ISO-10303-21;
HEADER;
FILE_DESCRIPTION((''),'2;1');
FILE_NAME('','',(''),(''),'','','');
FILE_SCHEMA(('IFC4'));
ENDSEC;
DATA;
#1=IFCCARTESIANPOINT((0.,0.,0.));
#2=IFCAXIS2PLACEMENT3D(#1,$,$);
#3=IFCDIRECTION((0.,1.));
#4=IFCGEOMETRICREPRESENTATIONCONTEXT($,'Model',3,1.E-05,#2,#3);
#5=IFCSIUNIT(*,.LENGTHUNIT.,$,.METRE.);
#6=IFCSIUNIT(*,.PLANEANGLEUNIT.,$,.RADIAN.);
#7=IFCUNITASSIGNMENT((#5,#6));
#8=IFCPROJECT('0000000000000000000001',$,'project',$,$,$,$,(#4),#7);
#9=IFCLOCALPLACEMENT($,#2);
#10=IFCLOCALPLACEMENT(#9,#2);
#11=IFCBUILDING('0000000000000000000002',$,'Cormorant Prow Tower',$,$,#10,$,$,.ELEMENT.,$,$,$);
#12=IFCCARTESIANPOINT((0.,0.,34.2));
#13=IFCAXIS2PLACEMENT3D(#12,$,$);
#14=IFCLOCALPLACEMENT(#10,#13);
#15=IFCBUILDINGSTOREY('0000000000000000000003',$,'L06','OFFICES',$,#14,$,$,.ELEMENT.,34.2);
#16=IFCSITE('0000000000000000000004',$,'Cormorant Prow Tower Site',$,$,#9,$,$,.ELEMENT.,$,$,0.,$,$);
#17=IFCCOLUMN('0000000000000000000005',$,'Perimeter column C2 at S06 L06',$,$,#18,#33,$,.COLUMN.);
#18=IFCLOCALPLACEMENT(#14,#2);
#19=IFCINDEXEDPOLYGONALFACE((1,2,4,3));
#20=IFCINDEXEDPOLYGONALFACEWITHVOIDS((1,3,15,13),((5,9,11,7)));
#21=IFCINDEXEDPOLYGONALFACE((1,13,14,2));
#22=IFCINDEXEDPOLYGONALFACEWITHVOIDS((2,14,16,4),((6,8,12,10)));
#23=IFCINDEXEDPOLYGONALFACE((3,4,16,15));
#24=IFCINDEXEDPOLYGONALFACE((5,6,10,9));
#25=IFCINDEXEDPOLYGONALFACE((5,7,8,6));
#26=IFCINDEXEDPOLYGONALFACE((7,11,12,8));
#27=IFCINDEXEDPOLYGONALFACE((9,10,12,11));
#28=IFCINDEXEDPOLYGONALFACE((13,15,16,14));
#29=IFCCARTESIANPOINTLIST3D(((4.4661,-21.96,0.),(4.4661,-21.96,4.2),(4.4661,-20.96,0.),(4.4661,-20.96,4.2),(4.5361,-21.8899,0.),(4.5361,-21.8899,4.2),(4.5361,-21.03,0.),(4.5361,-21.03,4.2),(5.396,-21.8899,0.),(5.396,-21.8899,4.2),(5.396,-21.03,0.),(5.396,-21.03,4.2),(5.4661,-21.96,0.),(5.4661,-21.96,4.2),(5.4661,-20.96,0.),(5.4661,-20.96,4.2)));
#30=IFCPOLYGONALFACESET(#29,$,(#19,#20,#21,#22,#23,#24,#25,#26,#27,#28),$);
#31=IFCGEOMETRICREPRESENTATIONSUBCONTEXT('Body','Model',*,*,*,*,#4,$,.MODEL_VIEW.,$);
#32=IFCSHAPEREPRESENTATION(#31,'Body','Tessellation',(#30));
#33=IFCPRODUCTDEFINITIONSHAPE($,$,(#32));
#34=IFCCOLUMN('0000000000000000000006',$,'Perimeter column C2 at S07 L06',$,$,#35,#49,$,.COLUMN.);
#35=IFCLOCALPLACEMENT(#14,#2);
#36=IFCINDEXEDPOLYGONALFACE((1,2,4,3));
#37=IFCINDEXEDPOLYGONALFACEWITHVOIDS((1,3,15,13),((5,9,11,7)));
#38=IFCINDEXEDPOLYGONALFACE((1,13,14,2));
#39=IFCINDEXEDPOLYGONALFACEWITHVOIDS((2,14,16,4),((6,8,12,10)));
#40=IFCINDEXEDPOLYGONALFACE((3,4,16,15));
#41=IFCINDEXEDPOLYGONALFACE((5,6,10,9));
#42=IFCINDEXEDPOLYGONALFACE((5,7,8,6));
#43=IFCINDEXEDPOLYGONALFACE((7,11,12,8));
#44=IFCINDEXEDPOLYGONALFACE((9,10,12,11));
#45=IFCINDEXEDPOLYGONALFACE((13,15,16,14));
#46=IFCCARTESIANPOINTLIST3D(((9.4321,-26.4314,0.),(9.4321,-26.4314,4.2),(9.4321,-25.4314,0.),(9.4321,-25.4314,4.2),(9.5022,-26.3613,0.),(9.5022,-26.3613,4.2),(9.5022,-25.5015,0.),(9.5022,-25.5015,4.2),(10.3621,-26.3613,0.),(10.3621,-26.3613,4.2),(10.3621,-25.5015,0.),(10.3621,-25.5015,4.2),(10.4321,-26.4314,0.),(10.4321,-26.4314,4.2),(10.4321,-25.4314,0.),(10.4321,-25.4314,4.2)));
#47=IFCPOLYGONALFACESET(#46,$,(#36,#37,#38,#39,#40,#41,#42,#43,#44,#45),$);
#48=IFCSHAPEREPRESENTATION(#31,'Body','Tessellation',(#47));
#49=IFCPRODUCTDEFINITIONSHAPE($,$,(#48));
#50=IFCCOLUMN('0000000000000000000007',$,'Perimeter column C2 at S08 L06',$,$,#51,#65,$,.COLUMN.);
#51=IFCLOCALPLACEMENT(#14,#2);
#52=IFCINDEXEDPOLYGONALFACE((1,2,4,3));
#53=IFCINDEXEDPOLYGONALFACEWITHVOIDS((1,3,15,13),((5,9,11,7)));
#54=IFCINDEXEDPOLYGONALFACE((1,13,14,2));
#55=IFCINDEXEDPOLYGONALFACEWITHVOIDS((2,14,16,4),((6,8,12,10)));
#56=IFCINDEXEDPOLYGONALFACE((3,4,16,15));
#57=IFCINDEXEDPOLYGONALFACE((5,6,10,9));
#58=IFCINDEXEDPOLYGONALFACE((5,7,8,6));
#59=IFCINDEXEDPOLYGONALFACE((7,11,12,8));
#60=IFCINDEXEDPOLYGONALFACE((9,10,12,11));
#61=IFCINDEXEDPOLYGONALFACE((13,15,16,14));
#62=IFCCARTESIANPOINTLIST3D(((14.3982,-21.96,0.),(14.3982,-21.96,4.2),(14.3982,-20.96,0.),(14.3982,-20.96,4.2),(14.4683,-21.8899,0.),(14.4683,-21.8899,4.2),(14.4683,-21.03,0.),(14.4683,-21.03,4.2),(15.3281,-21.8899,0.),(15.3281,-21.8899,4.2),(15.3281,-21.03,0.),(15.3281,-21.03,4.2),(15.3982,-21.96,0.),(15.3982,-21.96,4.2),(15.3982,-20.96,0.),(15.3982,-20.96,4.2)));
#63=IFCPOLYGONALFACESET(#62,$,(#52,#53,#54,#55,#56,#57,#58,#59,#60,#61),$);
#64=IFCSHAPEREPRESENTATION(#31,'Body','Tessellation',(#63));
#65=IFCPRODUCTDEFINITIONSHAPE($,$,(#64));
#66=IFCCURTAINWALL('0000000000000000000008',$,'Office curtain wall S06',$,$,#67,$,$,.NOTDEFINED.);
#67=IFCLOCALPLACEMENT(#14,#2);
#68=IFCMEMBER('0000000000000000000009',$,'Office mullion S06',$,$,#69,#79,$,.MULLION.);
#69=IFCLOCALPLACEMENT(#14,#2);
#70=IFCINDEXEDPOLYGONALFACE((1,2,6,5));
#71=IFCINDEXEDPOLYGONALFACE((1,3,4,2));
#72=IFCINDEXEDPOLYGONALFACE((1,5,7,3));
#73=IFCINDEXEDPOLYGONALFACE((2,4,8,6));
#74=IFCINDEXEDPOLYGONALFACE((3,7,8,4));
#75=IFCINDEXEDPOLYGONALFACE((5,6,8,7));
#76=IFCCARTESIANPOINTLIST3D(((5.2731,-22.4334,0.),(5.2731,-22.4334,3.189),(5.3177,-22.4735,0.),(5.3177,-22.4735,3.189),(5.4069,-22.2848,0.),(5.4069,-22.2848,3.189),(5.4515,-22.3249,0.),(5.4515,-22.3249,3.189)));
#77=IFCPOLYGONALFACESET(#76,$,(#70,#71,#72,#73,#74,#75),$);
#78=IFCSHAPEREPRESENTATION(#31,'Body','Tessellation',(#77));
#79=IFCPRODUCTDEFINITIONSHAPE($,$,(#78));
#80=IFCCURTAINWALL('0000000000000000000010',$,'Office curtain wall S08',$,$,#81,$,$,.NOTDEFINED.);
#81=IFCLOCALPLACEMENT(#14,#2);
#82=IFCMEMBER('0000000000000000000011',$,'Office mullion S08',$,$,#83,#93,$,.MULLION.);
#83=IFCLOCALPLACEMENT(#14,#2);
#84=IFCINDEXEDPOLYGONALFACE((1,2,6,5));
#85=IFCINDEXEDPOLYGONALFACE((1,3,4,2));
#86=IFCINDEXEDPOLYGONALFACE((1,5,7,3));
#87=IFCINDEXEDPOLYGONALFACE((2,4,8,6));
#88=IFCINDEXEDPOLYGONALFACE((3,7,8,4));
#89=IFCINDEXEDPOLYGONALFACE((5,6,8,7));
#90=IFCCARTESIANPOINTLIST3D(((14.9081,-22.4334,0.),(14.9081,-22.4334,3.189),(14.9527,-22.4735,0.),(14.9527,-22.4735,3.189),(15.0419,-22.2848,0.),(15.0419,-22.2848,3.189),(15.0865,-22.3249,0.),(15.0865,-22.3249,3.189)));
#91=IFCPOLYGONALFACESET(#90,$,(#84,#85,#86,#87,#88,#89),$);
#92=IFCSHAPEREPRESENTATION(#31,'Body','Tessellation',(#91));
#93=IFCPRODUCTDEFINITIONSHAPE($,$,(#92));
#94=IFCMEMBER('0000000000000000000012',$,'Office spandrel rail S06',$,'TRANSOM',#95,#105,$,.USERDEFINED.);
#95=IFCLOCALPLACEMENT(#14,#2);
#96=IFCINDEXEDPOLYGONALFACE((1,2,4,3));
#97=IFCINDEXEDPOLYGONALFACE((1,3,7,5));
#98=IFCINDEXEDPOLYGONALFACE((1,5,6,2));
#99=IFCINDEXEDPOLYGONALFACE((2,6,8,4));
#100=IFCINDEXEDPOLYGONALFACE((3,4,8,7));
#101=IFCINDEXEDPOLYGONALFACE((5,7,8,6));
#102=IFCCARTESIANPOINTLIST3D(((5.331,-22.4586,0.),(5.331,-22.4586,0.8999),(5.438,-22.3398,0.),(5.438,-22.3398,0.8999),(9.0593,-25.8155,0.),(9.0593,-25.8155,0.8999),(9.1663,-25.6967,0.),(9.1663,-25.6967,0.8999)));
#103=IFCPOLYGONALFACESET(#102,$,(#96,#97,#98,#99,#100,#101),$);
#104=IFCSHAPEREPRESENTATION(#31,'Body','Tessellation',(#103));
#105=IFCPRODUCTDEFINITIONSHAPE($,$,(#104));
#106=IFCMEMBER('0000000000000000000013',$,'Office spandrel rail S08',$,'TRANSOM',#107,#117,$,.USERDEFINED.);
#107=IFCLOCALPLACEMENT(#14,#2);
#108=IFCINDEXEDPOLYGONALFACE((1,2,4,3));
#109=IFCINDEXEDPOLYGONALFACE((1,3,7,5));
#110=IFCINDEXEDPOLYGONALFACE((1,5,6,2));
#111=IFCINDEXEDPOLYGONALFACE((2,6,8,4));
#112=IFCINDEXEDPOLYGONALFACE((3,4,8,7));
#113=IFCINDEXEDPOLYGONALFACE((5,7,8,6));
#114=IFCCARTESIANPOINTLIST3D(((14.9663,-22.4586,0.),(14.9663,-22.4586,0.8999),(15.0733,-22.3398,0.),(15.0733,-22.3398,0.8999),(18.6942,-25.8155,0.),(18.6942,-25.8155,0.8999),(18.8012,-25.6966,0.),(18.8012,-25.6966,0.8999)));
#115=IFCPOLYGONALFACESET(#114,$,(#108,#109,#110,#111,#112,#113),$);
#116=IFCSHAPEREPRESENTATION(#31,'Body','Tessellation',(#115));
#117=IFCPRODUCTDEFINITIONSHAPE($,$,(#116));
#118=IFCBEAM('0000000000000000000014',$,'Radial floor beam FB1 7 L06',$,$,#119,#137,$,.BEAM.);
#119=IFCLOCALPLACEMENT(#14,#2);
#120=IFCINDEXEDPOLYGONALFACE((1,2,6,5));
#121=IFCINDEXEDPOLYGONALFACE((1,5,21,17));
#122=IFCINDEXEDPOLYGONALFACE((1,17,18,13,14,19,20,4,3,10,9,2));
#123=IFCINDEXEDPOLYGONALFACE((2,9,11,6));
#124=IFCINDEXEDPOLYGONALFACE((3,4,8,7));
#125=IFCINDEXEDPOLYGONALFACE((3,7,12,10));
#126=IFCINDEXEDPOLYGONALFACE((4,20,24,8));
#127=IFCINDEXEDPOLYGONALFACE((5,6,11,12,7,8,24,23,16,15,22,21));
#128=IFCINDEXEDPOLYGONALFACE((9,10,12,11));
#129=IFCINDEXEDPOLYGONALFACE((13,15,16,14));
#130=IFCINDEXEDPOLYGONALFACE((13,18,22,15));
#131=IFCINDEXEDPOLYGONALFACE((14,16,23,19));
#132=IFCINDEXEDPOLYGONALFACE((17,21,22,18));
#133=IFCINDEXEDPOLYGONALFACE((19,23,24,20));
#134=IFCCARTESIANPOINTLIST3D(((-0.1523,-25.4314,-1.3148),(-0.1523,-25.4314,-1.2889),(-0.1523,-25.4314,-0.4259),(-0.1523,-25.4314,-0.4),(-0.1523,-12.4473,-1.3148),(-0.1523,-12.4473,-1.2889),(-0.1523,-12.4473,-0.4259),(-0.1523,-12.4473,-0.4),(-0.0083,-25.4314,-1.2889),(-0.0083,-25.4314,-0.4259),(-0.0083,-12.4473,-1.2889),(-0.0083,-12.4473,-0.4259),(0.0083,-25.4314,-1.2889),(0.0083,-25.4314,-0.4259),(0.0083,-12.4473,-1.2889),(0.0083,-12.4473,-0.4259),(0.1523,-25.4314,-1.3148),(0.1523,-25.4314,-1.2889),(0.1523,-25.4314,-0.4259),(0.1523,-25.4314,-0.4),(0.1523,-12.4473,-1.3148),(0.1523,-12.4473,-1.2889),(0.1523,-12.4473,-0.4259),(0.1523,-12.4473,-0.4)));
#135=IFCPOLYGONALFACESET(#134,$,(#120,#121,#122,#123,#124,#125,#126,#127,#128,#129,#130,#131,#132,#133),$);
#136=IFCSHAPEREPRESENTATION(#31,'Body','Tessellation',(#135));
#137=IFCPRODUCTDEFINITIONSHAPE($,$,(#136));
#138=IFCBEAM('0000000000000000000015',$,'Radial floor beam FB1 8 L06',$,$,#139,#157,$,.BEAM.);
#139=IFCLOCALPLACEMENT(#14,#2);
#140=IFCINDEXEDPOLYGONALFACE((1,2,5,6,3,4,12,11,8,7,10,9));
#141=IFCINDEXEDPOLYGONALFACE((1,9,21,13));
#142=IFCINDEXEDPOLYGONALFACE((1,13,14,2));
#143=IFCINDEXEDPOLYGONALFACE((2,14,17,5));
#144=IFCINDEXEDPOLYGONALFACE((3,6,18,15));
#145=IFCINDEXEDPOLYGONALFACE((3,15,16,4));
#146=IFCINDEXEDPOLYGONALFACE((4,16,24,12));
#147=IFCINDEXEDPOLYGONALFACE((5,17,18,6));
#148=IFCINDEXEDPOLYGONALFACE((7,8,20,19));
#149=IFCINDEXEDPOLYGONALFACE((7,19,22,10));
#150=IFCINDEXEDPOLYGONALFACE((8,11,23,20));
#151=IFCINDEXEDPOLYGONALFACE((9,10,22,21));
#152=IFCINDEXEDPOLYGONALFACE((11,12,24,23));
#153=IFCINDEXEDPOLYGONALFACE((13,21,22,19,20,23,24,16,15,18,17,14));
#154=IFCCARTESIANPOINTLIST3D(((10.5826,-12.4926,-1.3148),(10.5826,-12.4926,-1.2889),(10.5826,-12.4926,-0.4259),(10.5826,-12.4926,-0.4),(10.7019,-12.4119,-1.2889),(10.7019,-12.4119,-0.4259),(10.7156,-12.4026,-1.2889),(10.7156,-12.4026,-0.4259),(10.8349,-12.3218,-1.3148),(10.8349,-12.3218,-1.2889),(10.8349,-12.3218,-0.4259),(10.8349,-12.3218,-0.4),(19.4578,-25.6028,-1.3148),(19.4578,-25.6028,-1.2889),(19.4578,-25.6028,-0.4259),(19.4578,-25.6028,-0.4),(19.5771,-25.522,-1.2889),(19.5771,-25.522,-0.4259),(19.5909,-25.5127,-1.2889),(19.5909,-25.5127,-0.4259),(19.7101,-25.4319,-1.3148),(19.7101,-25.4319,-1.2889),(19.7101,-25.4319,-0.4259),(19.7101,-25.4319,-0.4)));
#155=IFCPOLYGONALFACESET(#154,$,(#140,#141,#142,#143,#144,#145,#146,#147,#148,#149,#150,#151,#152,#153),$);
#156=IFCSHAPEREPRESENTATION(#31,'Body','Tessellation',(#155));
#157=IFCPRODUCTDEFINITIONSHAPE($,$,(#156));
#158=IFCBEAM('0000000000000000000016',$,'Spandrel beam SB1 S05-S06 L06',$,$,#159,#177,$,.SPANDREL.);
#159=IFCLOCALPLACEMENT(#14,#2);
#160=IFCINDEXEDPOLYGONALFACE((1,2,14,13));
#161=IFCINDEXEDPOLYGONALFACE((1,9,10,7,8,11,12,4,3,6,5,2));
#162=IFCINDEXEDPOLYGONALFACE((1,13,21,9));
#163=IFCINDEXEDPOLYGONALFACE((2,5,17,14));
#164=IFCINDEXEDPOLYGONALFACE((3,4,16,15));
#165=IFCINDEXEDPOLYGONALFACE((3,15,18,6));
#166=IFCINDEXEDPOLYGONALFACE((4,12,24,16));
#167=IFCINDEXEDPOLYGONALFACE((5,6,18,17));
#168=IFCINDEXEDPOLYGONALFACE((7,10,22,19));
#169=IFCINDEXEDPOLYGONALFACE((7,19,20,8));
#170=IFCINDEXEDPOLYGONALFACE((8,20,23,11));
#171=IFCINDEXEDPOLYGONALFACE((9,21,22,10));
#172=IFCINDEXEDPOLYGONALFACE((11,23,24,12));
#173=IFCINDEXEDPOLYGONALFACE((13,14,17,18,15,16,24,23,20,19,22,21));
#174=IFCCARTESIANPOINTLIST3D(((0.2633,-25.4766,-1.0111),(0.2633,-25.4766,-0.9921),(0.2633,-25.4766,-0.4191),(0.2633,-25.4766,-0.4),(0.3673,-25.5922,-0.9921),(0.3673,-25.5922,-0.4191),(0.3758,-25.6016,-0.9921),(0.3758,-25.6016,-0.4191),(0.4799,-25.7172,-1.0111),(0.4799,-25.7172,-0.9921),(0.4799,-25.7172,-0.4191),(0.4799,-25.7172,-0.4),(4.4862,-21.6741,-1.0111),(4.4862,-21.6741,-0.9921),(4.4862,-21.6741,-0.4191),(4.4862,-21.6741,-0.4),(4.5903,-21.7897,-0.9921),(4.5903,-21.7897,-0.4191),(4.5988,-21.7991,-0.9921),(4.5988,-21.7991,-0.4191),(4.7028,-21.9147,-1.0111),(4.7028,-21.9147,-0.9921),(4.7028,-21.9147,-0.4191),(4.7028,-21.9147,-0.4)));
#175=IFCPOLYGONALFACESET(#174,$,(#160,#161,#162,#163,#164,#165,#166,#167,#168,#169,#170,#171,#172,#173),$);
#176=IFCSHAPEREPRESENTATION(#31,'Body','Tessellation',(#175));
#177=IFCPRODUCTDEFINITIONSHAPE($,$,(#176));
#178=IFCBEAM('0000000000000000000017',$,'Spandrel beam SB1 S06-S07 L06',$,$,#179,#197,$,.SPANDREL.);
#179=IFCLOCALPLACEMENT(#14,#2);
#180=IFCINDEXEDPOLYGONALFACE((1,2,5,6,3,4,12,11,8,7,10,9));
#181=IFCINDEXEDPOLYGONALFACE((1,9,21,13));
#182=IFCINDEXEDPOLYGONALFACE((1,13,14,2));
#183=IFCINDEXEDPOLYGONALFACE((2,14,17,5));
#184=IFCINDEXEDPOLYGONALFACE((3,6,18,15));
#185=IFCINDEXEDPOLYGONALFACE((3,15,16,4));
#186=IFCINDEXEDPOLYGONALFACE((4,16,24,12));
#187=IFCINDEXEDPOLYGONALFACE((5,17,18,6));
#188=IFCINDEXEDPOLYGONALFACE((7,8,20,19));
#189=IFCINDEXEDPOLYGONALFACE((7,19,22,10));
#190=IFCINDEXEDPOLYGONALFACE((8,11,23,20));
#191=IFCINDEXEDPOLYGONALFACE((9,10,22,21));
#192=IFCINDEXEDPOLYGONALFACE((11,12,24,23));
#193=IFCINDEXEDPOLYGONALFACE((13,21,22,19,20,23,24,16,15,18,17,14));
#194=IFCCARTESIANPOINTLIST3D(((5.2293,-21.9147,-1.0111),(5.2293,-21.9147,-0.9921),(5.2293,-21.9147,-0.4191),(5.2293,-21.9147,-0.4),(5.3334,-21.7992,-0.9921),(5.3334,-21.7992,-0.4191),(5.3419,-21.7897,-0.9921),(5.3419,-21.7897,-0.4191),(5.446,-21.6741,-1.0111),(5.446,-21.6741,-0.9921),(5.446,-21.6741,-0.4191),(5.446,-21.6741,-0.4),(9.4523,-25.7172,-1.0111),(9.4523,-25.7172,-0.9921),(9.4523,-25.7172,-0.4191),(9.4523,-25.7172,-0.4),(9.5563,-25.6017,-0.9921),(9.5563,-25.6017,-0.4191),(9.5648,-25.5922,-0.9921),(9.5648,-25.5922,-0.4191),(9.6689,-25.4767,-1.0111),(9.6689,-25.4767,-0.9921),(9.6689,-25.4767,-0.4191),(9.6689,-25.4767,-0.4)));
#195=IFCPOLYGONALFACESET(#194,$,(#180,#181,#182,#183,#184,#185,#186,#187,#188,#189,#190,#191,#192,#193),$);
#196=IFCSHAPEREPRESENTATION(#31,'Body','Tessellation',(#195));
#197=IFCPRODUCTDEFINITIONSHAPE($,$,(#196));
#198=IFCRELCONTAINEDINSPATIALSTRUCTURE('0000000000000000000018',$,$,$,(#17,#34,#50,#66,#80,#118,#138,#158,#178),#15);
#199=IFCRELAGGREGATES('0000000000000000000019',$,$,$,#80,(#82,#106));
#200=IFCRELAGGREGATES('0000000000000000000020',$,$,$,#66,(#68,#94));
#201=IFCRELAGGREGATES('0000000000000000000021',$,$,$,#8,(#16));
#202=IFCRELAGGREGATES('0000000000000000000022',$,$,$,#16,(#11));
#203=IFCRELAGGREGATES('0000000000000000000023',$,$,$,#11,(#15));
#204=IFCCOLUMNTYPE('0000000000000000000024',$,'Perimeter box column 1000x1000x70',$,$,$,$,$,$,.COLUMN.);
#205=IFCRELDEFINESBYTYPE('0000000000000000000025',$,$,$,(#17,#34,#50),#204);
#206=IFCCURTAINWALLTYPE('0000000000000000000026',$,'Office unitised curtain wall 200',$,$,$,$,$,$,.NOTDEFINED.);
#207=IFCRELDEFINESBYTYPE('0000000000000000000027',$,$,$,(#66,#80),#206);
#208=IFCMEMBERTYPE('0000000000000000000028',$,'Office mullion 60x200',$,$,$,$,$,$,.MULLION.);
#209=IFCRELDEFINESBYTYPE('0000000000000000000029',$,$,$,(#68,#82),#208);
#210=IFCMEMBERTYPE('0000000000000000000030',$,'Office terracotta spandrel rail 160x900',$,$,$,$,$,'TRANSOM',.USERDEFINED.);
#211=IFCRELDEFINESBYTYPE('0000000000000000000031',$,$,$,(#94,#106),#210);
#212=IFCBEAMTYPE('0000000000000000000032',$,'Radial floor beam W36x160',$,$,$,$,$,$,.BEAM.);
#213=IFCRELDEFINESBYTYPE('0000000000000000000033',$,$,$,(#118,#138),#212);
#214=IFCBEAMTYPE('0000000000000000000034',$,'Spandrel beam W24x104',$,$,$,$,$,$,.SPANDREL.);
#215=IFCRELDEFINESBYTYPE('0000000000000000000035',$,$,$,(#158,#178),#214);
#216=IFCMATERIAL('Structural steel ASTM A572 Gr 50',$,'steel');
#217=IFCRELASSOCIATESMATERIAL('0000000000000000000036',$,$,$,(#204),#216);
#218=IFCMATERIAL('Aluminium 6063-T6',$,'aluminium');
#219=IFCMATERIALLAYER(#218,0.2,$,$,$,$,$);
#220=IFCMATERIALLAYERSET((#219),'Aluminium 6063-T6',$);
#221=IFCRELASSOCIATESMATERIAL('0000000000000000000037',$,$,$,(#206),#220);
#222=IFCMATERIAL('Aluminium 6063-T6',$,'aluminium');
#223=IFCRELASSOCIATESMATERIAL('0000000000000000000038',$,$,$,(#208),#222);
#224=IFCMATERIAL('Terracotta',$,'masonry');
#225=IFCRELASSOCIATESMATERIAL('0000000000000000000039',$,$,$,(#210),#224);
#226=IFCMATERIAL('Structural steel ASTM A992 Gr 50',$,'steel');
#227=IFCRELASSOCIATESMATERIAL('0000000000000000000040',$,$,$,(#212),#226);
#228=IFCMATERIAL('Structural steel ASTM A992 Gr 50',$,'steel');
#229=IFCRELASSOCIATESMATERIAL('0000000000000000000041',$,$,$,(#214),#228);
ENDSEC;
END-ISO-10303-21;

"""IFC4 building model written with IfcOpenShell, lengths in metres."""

from ifc_helpers import new_model, si_unit, direction, frame, origin, origin_2d, place, context, subcontext, project, spatial, rectangle, hollow_rectangle, i_section, extrude, material, layer, layer_set, material_profile, profile_set, type_object, element, aggregate, save


model = new_model("IFC4")

# Units and contexts
model_context = context("Model", 3, precision=1e-05, world=origin(), true_north=direction((0.0, 1.0)))
body_context = subcontext(model_context, "Body", "Model", "MODEL_VIEW")
ifc_project = project(units=[si_unit("LENGTHUNIT", "METRE"), si_unit("PLANEANGLEUNIT", "RADIAN")], contexts=[model_context])

# Site, building, storey
site_placement = place(None, origin())
site = spatial("IfcSite", under=ifc_project, at=site_placement, Name="Cormorant Prow Tower Site", CompositionType="ELEMENT", RefElevation=0.0)
building_placement = place(site_placement, origin())
building = spatial("IfcBuilding", under=site, at=building_placement, Name="Cormorant Prow Tower", CompositionType="ELEMENT")
storey_placement = place(building_placement, frame((0.0, 0.0, 34.2)))
storey = spatial("IfcBuildingStorey", under=building, at=storey_placement, Name="L06", Description="OFFICES", CompositionType="ELEMENT", Elevation=34.2)

# Columns
ifc_material_1 = material(Name="Structural steel ASTM A572 Gr 50", Category="steel")
ifc_material_profile_1 = material_profile(ifc_material_1, hollow_rectangle(XDim=1.0, YDim=1.0, WallThickness=0.0701, at=origin_2d()), Name="Box 1000x1000x70")
ifc_profile_set_1 = profile_set([ifc_material_profile_1], Name="Structural steel ASTM A572 Gr 50")
column_type = type_object("IfcColumnType", Name="Perimeter box column 1000x1000x70", PredefinedType="COLUMN", material=ifc_profile_set_1)
for number, where, z_axis, x_axis, name in (
    (1, (4.9661, -21.46, 0.0), (0.0, 0.0, 1.0), (1.0, 0.0, 0.0), "Perimeter column C2 at S06 L06"),
    (2, (9.9321, -25.9314, 0.0), (0.0, 0.0, 1.0), (1.0, 0.0, 0.0), "Perimeter column C2 at S07 L06"),
    (3, (14.8982, -21.46, 0.0), (0.0, 0.0, 1.0), (1.0, 0.0, 0.0), "Perimeter column C2 at S08 L06"),
):
    element("IfcColumn", number, at=place(storey_placement, frame(where, z_axis=z_axis, x_axis=x_axis)), inside=storey, type_object=column_type, Name=name, PredefinedType="COLUMN", context=body_context, shape_type="SweptSolid", body=[
        extrude(hollow_rectangle(XDim=1.0, YDim=1.0, WallThickness=0.0701, at=origin_2d()), origin(), (0.0, 0.0, 1.0), 4.2),
    ])

# Curtain walls, members
ifc_material_2 = material(Name="Aluminium 6063-T6", Category="aluminium")
ifc_layer_1 = layer(ifc_material_2, 0.2)
ifc_layer_set_1 = layer_set([ifc_layer_1], Name="Aluminium 6063-T6")
curtain_wall_type = type_object("IfcCurtainWallType", Name="Office unitised curtain wall 200", PredefinedType="NOTDEFINED", material=ifc_layer_set_1)
curtain_wall_1_placement = place(storey_placement, origin())
curtain_wall_1 = element("IfcCurtainWall", 4, at=curtain_wall_1_placement, inside=storey, type_object=curtain_wall_type, Name="Office curtain wall S06", PredefinedType="NOTDEFINED")
ifc_material_3 = material(Name="Aluminium 6063-T6", Category="aluminium")
ifc_material_profile_2 = material_profile(ifc_material_3, rectangle(XDim=0.2, YDim=0.0601, at=origin_2d()), Name="Office mullion 60x200")
ifc_profile_set_2 = profile_set([ifc_material_profile_2], Name="Aluminium 6063-T6")
member_type_1 = type_object("IfcMemberType", Name="Office mullion 60x200", PredefinedType="MULLION", material=ifc_profile_set_2)
member_1_placement = place(storey_placement, frame((5.3623, -22.3792, 0.0), z_axis=(0.0, 0.0, 1.0), x_axis=(0.669131, 0.743145, 0.0)))
member_1 = element("IfcMember", 5, at=member_1_placement, type_object=member_type_1, Name="Office mullion S06", PredefinedType="MULLION", context=body_context, shape_type="SweptSolid", body=[
    extrude(rectangle(XDim=0.2, YDim=0.0601, at=origin_2d()), origin(), (0.0, 0.0, 1.0), 3.189),
])
curtain_wall_2_placement = place(storey_placement, origin())
curtain_wall_2 = element("IfcCurtainWall", 6, at=curtain_wall_2_placement, inside=storey, type_object=curtain_wall_type, Name="Office curtain wall S08", PredefinedType="NOTDEFINED")
member_2_placement = place(storey_placement, frame((14.9973, -22.3792, 0.0), z_axis=(0.0, 0.0, 1.0), x_axis=(0.669131, 0.743145, 0.0)))
member_2 = element("IfcMember", 7, at=member_2_placement, type_object=member_type_1, Name="Office mullion S08", PredefinedType="MULLION", context=body_context, shape_type="SweptSolid", body=[
    extrude(rectangle(XDim=0.2, YDim=0.0601, at=origin_2d()), origin(), (0.0, 0.0, 1.0), 3.189),
])

# Members
ifc_material_4 = material(Name="Terracotta", Category="masonry")
ifc_material_profile_3 = material_profile(ifc_material_4, rectangle(XDim=0.1599, YDim=0.8999, at=origin_2d()), Name="Office terracotta spandrel rail 160x900")
ifc_profile_set_3 = profile_set([ifc_material_profile_3], Name="Terracotta")
member_type_2 = type_object("IfcMemberType", Name="Office terracotta spandrel rail 160x900", ElementType="TRANSOM", PredefinedType="USERDEFINED", material=ifc_profile_set_3)
member_3_placement = place(storey_placement, frame((5.3845, -22.3992, 0.45), z_axis=(0.743147, -0.669129, 0.0), x_axis=(0.669129, 0.743147, 0.0)))
member_3 = element("IfcMember", 8, at=member_3_placement, type_object=member_type_2, Name="Office spandrel rail S06", ObjectType="TRANSOM", PredefinedType="USERDEFINED", context=body_context, shape_type="SweptSolid", body=[
    extrude(rectangle(XDim=0.1599, YDim=0.8999, at=origin_2d()), origin(), (0.0, 0.0, 1.0), 5.0168),
])
member_4_placement = place(storey_placement, frame((15.0198, -22.3992, 0.45), z_axis=(0.743125, -0.669153, 0.0), x_axis=(0.669153, 0.743125, 0.0)))
member_4 = element("IfcMember", 9, at=member_4_placement, type_object=member_type_2, Name="Office spandrel rail S08", ObjectType="TRANSOM", PredefinedType="USERDEFINED", context=body_context, shape_type="SweptSolid", body=[
    extrude(rectangle(XDim=0.1599, YDim=0.8999, at=origin_2d()), origin(), (0.0, 0.0, 1.0), 5.0166),
])
aggregate(curtain_wall_2, [member_2, member_4])

# Beams
ifc_material_5 = material(Name="Structural steel ASTM A992 Gr 50", Category="steel")
ifc_material_profile_4 = material_profile(ifc_material_5, i_section(OverallWidth=0.3047, OverallDepth=0.9148, WebThickness=0.0166, FlangeThickness=0.0259, at=origin_2d()), Name="W36x160")
ifc_profile_set_4 = profile_set([ifc_material_profile_4], Name="Structural steel ASTM A992 Gr 50")
beam_type_1 = type_object("IfcBeamType", Name="Radial floor beam W36x160", PredefinedType="BEAM", material=ifc_profile_set_4)
beam_1_placement = place(storey_placement, frame((0.0, -12.4473, -0.8574), z_axis=(0.0, -1.0, 0.0), x_axis=(1.0, 0.0, 0.0)))
element("IfcBeam", 10, at=beam_1_placement, inside=storey, type_object=beam_type_1, Name="Radial floor beam FB1 7 L06", PredefinedType="BEAM", context=body_context, shape_type="SweptSolid", body=[
    extrude(i_section(OverallWidth=0.3047, OverallDepth=0.9148, WebThickness=0.0166, FlangeThickness=0.0259, at=origin_2d()), origin(), (0.0, 0.0, 1.0), 12.9841),
])
beam_2_placement = place(storey_placement, frame((10.7087, -12.4072, -0.8574), z_axis=(0.560597, -0.828089, 0.0), x_axis=(0.828089, 0.560597, 0.0)))
element("IfcBeam", 11, at=beam_2_placement, inside=storey, type_object=beam_type_1, Name="Radial floor beam FB1 8 L06", PredefinedType="BEAM", context=body_context, shape_type="SweptSolid", body=[
    extrude(i_section(OverallWidth=0.3047, OverallDepth=0.9148, WebThickness=0.0166, FlangeThickness=0.0259, at=origin_2d()), origin(), (0.0, 0.0, 1.0), 15.8318),
])
ifc_material_6 = material(Name="Structural steel ASTM A992 Gr 50", Category="steel")
ifc_material_profile_5 = material_profile(ifc_material_6, i_section(OverallWidth=0.3237, OverallDepth=0.6111, WebThickness=0.0127, FlangeThickness=0.019, at=origin_2d()), Name="W24x104")
ifc_profile_set_5 = profile_set([ifc_material_profile_5], Name="Structural steel ASTM A992 Gr 50")
beam_type_2 = type_object("IfcBeamType", Name="Spandrel beam W24x104", PredefinedType="SPANDREL", material=ifc_profile_set_5)
for number, where, z_axis, x_axis, name in (
    (12, (0.3716, -25.5969, -0.7056), (0.74313, 0.669147, 0.0), (-0.669147, 0.74313, 0.0), "Spandrel beam SB1 S05-S06 L06"),
    (13, (5.3376, -21.7944, -0.7056), (0.74313, -0.669147, 0.0), (0.669147, 0.74313, 0.0), "Spandrel beam SB1 S06-S07 L06"),
):
    element("IfcBeam", number, at=place(storey_placement, frame(where, z_axis=z_axis, x_axis=x_axis)), inside=storey, type_object=beam_type_2, Name=name, PredefinedType="SPANDREL", context=body_context, shape_type="SweptSolid", body=[
        extrude(i_section(OverallWidth=0.3237, OverallDepth=0.6111, WebThickness=0.0127, FlangeThickness=0.019, at=origin_2d()), origin(), (0.0, 0.0, 1.0), 5.6826),
    ])

aggregate(curtain_wall_1, [member_1, member_3])

save(model, "model.ifc")
